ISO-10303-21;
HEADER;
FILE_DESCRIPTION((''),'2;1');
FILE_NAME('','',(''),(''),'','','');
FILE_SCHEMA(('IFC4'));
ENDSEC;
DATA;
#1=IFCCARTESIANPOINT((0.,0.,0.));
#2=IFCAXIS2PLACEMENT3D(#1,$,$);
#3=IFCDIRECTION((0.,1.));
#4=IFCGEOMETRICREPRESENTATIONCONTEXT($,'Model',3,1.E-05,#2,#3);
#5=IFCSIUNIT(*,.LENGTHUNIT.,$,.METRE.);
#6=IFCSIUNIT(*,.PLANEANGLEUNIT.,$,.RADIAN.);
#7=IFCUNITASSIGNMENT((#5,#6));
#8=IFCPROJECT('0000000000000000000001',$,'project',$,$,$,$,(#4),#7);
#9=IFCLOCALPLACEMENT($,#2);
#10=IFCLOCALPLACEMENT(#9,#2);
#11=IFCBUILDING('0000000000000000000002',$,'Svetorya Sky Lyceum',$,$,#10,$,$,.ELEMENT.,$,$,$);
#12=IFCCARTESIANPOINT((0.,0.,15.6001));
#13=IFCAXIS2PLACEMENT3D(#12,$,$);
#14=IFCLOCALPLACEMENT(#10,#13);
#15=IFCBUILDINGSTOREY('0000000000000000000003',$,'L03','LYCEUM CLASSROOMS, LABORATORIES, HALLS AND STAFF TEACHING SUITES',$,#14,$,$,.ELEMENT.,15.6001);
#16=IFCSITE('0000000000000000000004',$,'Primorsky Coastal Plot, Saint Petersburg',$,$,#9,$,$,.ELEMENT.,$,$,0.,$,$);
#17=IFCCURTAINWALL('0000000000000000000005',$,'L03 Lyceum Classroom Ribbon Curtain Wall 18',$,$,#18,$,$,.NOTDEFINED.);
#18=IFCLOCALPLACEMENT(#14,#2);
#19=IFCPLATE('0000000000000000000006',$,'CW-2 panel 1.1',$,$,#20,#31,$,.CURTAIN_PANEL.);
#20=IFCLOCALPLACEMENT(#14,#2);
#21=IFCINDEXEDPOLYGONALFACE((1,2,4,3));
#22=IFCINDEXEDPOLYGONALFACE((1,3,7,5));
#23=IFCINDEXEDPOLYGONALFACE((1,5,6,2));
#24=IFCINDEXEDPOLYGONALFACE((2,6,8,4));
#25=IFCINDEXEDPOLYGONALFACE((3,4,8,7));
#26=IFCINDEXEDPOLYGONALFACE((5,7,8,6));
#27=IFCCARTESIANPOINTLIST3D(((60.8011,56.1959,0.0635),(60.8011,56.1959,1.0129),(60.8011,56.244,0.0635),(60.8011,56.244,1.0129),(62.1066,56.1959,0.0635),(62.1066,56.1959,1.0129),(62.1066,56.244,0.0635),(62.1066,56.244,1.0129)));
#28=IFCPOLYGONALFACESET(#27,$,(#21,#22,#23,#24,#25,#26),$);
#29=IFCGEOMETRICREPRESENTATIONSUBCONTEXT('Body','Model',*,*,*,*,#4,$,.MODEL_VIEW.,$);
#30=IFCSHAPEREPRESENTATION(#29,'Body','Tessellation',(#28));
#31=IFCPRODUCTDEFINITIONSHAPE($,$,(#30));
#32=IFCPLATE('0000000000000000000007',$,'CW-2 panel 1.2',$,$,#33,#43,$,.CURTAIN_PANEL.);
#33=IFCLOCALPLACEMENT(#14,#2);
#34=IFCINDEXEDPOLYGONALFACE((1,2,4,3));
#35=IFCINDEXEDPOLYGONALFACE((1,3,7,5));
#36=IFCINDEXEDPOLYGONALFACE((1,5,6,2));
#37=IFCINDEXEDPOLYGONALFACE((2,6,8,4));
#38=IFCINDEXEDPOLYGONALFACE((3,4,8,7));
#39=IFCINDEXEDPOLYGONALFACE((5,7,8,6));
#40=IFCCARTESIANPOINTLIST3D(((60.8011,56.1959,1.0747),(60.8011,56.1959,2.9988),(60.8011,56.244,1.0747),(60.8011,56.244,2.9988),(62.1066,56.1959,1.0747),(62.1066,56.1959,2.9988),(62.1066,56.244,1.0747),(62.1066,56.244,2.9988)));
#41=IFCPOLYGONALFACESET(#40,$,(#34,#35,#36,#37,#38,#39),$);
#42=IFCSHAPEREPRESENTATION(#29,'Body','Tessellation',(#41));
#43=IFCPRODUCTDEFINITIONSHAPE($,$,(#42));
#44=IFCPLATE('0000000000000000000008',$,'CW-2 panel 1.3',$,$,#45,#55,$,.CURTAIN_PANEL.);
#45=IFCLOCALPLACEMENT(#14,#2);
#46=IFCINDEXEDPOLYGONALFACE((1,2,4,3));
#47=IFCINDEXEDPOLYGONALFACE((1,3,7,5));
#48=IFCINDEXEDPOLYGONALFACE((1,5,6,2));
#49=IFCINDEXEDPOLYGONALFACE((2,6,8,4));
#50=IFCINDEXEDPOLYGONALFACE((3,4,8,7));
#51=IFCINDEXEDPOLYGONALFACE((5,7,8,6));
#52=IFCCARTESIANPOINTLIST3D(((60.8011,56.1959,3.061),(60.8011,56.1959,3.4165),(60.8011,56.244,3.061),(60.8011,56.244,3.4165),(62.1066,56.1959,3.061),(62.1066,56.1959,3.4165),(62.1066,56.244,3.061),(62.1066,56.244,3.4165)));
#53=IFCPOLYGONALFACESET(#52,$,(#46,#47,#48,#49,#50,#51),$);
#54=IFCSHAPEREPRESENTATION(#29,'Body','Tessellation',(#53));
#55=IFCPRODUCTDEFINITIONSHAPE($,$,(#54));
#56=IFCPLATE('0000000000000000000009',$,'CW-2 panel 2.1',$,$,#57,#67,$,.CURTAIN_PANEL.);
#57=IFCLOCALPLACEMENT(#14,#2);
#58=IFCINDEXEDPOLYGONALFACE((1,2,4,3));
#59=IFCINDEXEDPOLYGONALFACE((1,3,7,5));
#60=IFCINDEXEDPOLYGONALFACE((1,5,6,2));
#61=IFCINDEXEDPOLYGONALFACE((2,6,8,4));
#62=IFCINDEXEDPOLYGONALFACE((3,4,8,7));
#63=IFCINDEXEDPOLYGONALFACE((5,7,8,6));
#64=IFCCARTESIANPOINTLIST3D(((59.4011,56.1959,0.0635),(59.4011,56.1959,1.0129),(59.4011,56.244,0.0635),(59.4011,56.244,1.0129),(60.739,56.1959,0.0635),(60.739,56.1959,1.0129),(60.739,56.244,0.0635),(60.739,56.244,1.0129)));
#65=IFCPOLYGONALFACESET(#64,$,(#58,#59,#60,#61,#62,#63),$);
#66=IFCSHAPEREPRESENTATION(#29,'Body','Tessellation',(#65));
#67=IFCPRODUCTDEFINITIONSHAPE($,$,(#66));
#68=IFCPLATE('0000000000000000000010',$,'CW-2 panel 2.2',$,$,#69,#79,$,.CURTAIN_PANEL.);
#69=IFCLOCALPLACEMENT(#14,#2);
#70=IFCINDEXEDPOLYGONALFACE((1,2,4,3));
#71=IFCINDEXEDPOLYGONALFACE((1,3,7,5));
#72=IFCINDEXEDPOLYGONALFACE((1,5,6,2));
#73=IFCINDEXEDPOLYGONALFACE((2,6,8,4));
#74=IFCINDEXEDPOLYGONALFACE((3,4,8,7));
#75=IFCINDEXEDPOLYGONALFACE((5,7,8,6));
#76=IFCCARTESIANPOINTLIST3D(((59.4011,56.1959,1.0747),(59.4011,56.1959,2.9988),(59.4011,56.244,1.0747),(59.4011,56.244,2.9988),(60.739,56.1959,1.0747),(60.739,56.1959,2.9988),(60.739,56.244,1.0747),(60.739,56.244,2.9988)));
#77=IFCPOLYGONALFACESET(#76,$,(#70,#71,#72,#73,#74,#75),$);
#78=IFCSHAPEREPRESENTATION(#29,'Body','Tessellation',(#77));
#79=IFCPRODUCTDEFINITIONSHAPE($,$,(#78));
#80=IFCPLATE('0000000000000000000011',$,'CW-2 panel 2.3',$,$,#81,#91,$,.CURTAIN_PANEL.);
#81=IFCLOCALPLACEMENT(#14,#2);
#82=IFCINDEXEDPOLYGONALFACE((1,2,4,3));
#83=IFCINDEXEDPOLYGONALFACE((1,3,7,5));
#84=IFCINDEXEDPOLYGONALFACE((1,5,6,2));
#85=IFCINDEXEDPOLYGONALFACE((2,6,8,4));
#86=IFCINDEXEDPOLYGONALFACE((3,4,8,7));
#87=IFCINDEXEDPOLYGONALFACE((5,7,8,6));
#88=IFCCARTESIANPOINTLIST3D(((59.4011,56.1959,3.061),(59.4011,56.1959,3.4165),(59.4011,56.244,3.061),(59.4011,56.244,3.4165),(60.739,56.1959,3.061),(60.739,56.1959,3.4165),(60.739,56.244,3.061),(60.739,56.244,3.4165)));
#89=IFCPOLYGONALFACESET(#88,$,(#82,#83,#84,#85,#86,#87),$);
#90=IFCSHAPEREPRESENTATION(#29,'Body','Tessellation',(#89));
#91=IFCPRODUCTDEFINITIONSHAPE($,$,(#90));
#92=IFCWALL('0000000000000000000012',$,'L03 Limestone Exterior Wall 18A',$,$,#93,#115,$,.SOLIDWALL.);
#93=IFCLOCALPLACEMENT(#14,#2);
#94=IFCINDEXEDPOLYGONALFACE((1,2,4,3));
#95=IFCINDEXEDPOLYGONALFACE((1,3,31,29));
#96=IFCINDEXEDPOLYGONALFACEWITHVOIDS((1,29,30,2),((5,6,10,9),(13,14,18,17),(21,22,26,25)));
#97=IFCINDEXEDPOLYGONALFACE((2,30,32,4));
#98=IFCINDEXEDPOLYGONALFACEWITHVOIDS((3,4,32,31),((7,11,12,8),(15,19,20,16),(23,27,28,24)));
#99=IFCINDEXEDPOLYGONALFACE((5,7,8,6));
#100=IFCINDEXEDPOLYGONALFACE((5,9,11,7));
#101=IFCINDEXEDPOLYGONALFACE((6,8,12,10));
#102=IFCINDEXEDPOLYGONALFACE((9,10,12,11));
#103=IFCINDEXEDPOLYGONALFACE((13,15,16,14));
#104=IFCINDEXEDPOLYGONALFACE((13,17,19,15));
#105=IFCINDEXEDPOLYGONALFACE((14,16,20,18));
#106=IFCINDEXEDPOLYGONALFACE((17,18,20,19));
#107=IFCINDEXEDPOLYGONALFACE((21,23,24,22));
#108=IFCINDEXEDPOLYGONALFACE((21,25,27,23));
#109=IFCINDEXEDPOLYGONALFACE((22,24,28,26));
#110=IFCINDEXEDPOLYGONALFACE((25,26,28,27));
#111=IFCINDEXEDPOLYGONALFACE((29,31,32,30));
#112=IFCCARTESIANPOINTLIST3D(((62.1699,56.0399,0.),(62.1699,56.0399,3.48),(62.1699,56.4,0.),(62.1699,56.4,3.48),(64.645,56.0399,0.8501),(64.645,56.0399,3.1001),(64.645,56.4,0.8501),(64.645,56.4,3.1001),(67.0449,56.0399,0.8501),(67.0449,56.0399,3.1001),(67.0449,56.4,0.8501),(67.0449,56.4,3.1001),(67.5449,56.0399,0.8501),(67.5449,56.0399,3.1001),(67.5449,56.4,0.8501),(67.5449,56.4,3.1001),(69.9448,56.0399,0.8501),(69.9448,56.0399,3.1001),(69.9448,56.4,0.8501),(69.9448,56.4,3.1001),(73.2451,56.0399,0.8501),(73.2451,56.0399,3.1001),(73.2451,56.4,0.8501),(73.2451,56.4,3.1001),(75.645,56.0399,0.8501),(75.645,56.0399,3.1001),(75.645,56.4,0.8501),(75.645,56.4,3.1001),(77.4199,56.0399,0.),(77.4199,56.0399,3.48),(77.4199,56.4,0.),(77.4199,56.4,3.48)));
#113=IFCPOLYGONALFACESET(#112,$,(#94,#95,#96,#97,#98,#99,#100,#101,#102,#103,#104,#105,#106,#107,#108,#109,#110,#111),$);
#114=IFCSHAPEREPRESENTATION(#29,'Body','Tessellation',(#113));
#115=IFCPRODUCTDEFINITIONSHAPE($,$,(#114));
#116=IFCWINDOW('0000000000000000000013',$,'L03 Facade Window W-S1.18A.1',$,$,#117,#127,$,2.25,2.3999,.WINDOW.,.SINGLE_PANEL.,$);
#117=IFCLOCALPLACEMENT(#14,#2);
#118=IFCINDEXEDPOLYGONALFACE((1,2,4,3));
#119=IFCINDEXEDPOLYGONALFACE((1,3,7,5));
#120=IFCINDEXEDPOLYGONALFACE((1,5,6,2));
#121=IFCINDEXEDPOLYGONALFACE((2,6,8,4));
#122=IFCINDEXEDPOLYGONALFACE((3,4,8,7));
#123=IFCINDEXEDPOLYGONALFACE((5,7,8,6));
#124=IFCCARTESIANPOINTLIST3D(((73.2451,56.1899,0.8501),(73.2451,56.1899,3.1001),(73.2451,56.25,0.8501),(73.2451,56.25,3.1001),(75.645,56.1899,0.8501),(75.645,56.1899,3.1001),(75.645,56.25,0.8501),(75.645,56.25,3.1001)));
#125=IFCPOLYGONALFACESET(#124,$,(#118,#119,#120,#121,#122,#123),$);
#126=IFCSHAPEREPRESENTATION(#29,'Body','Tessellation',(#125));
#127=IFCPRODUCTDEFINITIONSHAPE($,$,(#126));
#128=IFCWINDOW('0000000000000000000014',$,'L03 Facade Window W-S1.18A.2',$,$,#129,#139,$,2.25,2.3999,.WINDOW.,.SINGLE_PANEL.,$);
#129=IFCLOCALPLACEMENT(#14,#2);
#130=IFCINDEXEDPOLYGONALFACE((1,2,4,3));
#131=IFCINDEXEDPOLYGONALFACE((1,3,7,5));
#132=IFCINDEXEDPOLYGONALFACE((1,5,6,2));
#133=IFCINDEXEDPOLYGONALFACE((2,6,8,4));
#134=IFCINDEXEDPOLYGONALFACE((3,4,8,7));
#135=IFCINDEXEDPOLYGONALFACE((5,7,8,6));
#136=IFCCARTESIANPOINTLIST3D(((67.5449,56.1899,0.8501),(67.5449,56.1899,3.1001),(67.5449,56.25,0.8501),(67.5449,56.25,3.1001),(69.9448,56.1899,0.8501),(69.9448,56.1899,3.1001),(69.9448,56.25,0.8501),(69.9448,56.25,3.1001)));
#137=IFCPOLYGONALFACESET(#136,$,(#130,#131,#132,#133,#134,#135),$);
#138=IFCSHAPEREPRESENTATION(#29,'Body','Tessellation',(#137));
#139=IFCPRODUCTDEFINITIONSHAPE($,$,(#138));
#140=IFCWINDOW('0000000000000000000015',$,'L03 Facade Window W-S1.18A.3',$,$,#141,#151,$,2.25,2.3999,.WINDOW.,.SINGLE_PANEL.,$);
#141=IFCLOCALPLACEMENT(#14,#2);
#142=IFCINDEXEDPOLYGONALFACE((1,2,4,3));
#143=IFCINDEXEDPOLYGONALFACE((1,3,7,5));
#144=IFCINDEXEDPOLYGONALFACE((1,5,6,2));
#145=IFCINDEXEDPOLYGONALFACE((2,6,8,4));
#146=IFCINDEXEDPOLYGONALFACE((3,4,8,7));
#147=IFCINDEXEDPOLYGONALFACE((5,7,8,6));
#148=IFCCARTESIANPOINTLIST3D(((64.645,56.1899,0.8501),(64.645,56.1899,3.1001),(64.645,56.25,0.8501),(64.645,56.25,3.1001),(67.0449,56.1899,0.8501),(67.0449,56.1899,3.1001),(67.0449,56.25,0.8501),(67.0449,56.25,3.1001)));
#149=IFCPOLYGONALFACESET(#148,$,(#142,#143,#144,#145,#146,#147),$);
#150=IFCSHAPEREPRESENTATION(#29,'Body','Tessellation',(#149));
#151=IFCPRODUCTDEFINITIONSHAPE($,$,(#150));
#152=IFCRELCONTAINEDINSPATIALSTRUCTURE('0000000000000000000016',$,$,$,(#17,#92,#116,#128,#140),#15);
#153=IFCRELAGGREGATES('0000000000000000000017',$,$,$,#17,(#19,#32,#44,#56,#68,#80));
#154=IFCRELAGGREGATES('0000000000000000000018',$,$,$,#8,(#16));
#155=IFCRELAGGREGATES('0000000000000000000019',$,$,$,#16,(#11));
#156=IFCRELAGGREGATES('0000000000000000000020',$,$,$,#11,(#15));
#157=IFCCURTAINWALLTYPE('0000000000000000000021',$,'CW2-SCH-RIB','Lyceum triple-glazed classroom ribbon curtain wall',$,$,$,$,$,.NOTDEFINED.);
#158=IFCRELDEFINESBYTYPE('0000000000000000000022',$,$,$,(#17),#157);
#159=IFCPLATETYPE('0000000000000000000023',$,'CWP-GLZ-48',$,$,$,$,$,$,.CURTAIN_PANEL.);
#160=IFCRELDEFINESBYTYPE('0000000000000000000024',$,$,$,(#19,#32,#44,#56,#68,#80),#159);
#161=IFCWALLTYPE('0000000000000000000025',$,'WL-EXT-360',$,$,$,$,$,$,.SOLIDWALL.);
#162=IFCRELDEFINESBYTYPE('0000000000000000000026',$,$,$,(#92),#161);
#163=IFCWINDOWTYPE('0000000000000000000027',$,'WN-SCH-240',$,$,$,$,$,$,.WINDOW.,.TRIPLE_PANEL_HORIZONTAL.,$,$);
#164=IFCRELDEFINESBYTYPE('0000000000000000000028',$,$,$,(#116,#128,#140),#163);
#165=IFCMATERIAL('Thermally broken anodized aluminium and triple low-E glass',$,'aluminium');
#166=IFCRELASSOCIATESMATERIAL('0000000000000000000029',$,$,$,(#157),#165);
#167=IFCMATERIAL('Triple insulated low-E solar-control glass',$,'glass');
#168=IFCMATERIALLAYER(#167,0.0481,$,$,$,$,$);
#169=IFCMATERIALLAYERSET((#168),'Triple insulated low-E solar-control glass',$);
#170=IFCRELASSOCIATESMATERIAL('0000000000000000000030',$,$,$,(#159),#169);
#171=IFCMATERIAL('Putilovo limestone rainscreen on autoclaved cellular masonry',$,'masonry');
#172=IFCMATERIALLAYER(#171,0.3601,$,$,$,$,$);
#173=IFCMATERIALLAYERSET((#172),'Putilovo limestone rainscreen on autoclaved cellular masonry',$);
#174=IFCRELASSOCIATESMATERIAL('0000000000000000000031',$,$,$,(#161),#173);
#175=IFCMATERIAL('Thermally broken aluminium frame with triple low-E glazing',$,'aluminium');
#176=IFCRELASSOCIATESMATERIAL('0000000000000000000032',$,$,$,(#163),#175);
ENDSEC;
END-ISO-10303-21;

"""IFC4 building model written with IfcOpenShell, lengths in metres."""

from ifc_helpers import new_model, si_unit, direction, frame, frame_2d, origin, origin_2d, place, context, subcontext, project, spatial, rectangle, extrude, material, layer, layer_set, type_object, element, fill, aggregate, save


model = new_model("IFC4")

# Units and contexts
model_context = context("Model", 3, precision=1e-05, world=origin(), true_north=direction((0.0, 1.0)))
body_context = subcontext(model_context, "Body", "Model", "MODEL_VIEW")
ifc_project = project(units=[si_unit("LENGTHUNIT", "METRE"), si_unit("PLANEANGLEUNIT", "RADIAN")], contexts=[model_context])

# Site, building, storey
site_placement = place(None, origin())
site = spatial("IfcSite", under=ifc_project, at=site_placement, Name="Primorsky Coastal Plot, Saint Petersburg", CompositionType="ELEMENT", RefElevation=0.0)
building_placement = place(site_placement, origin())
building = spatial("IfcBuilding", under=site, at=building_placement, Name="Svetorya Sky Lyceum", CompositionType="ELEMENT")
storey_placement = place(building_placement, frame((0.0, 0.0, 15.6001)))
storey = spatial("IfcBuildingStorey", under=building, at=storey_placement, Name="L03", Description="LYCEUM CLASSROOMS, LABORATORIES, HALLS AND STAFF TEACHING SUITES", CompositionType="ELEMENT", Elevation=15.6001)

# Curtain wall, plates
ifc_material_1 = material(Name="Thermally broken anodized aluminium and triple low-E glass", Category="aluminium")
curtain_wall_type = type_object("IfcCurtainWallType", Name="CW2-SCH-RIB", Description="Lyceum triple-glazed classroom ribbon curtain wall", PredefinedType="NOTDEFINED", material=ifc_material_1)
curtain_wall_placement = place(storey_placement, origin())
curtain_wall = element("IfcCurtainWall", 1, at=curtain_wall_placement, inside=storey, type_object=curtain_wall_type, Name="L03 Lyceum Classroom Ribbon Curtain Wall 18", PredefinedType="NOTDEFINED")
ifc_material_2 = material(Name="Triple insulated low-E solar-control glass", Category="glass")
ifc_layer_1 = layer(ifc_material_2, 0.0481)
ifc_layer_set_1 = layer_set([ifc_layer_1], Name="Triple insulated low-E solar-control glass")
plate_type = type_object("IfcPlateType", Name="CWP-GLZ-48", PredefinedType="CURTAIN_PANEL", material=ifc_layer_set_1)
plate_1_placement = place(storey_placement, frame((61.4539, 56.22, 0.0635), z_axis=(0.0, 0.0, 1.0), x_axis=(-1.0, 0.0, 0.0)))
plate_1 = element("IfcPlate", 2, at=plate_1_placement, type_object=plate_type, Name="CW-2 panel 1.1", PredefinedType="CURTAIN_PANEL", context=body_context, shape_type="SweptSolid", body=[
    extrude(rectangle(XDim=1.3054, YDim=0.0481, at=origin_2d()), origin(), (0.0, 0.0, 1.0), 0.9495),
])
plate_2_placement = place(storey_placement, frame((61.4539, 56.22, 1.0747), z_axis=(0.0, 0.0, 1.0), x_axis=(-1.0, 0.0, 0.0)))
plate_2 = element("IfcPlate", 3, at=plate_2_placement, type_object=plate_type, Name="CW-2 panel 1.2", PredefinedType="CURTAIN_PANEL", context=body_context, shape_type="SweptSolid", body=[
    extrude(rectangle(XDim=1.3054, YDim=0.0481, at=origin_2d()), origin(), (0.0, 0.0, 1.0), 1.9241),
])
plate_3_placement = place(storey_placement, frame((61.4539, 56.22, 3.061), z_axis=(0.0, 0.0, 1.0), x_axis=(-1.0, 0.0, 0.0)))
plate_3 = element("IfcPlate", 4, at=plate_3_placement, type_object=plate_type, Name="CW-2 panel 1.3", PredefinedType="CURTAIN_PANEL", context=body_context, shape_type="SweptSolid", body=[
    extrude(rectangle(XDim=1.3054, YDim=0.0481, at=origin_2d()), origin(), (0.0, 0.0, 1.0), 0.3555),
])
plate_4_placement = place(storey_placement, frame((60.0701, 56.22, 0.0635), z_axis=(0.0, 0.0, 1.0), x_axis=(-1.0, 0.0, 0.0)))
plate_4 = element("IfcPlate", 5, at=plate_4_placement, type_object=plate_type, Name="CW-2 panel 2.1", PredefinedType="CURTAIN_PANEL", context=body_context, shape_type="SweptSolid", body=[
    extrude(rectangle(XDim=1.3379, YDim=0.0481, at=origin_2d()), origin(), (0.0, 0.0, 1.0), 0.9495),
])
plate_5_placement = place(storey_placement, frame((60.0701, 56.22, 1.0747), z_axis=(0.0, 0.0, 1.0), x_axis=(-1.0, 0.0, 0.0)))
plate_5 = element("IfcPlate", 6, at=plate_5_placement, type_object=plate_type, Name="CW-2 panel 2.2", PredefinedType="CURTAIN_PANEL", context=body_context, shape_type="SweptSolid", body=[
    extrude(rectangle(XDim=1.3379, YDim=0.0481, at=origin_2d()), origin(), (0.0, 0.0, 1.0), 1.9241),
])
plate_6_placement = place(storey_placement, frame((60.0701, 56.22, 3.061), z_axis=(0.0, 0.0, 1.0), x_axis=(-1.0, 0.0, 0.0)))
plate_6 = element("IfcPlate", 7, at=plate_6_placement, type_object=plate_type, Name="CW-2 panel 2.3", PredefinedType="CURTAIN_PANEL", context=body_context, shape_type="SweptSolid", body=[
    extrude(rectangle(XDim=1.3379, YDim=0.0481, at=origin_2d()), origin(), (0.0, 0.0, 1.0), 0.3555),
])
aggregate(curtain_wall, [plate_1, plate_2, plate_3, plate_4, plate_5, plate_6])

# Wall, openings, windows
ifc_material_3 = material(Name="Putilovo limestone rainscreen on autoclaved cellular masonry", Category="masonry")
ifc_layer_2 = layer(ifc_material_3, 0.3601)
ifc_layer_set_2 = layer_set([ifc_layer_2], Name="Putilovo limestone rainscreen on autoclaved cellular masonry")
wall_type = type_object("IfcWallType", Name="WL-EXT-360", PredefinedType="SOLIDWALL", material=ifc_layer_set_2)
wall_placement = place(storey_placement, frame((77.4199, 56.22, 0.0), z_axis=(0.0, 0.0, 1.0), x_axis=(-1.0, 0.0, 0.0)))
wall = element("IfcWall", 8, at=wall_placement, inside=storey, type_object=wall_type, Name="L03 Limestone Exterior Wall 18A", PredefinedType="SOLIDWALL", context=body_context, shape_type="SweptSolid", body=[
    extrude(rectangle(XDim=15.25, YDim=0.3601, at=frame_2d((7.625, 0.0))), origin(), (0.0, 0.0, 1.0), 3.48),
])
opening_1_placement = place(wall_placement, frame((1.7749, 0.0, 0.8501)))
opening_1 = element("IfcOpeningElement", 9, at=opening_1_placement, cuts=wall, PredefinedType="OPENING", context=body_context, shape_type="SweptSolid", body=[
    extrude(rectangle(XDim=2.3999, YDim=2.25, at=frame_2d((1.2, 1.125))), frame((0.0, 0.1899, 0.0), z_axis=(0.0, -1.0, 0.0), x_axis=(1.0, 0.0, 0.0)), (0.0, 0.0, 1.0), 0.3801),
])
opening_2_placement = place(wall_placement, frame((7.4751, 0.0, 0.8501)))
opening_2 = element("IfcOpeningElement", 10, at=opening_2_placement, cuts=wall, PredefinedType="OPENING", context=body_context, shape_type="SweptSolid", body=[
    extrude(rectangle(XDim=2.3999, YDim=2.25, at=frame_2d((1.2, 1.125))), frame((0.0, 0.1899, 0.0), z_axis=(0.0, -1.0, 0.0), x_axis=(1.0, 0.0, 0.0)), (0.0, 0.0, 1.0), 0.3801),
])
opening_3_placement = place(wall_placement, frame((10.375, 0.0, 0.8501)))
opening_3 = element("IfcOpeningElement", 11, at=opening_3_placement, cuts=wall, PredefinedType="OPENING", context=body_context, shape_type="SweptSolid", body=[
    extrude(rectangle(XDim=2.3999, YDim=2.25, at=frame_2d((1.2, 1.125))), frame((0.0, 0.1899, 0.0), z_axis=(0.0, -1.0, 0.0), x_axis=(1.0, 0.0, 0.0)), (0.0, 0.0, 1.0), 0.3801),
])
ifc_material_4 = material(Name="Thermally broken aluminium frame with triple low-E glazing", Category="aluminium")
window_type = type_object("IfcWindowType", Name="WN-SCH-240", PartitioningType="TRIPLE_PANEL_HORIZONTAL", PredefinedType="WINDOW", material=ifc_material_4)
window_1_placement = place(opening_1_placement, origin())
window_1 = element("IfcWindow", 12, at=window_1_placement, inside=storey, type_object=window_type, Name="L03 Facade Window W-S1.18A.1", OverallHeight=2.25, OverallWidth=2.3999, PartitioningType="SINGLE_PANEL", PredefinedType="WINDOW", context=body_context, shape_type="SweptSolid", body=[
    extrude(rectangle(XDim=2.3999, YDim=2.25, at=frame_2d((1.2, 1.125))), frame((0.0, 0.03, 0.0), z_axis=(0.0, -1.0, 0.0), x_axis=(1.0, 0.0, 0.0)), (0.0, 0.0, 1.0), 0.0601),
])
fill(opening_1, window_1)
window_2_placement = place(opening_2_placement, origin())
window_2 = element("IfcWindow", 13, at=window_2_placement, inside=storey, type_object=window_type, Name="L03 Facade Window W-S1.18A.2", OverallHeight=2.25, OverallWidth=2.3999, PartitioningType="SINGLE_PANEL", PredefinedType="WINDOW", context=body_context, shape_type="SweptSolid", body=[
    extrude(rectangle(XDim=2.3999, YDim=2.25, at=frame_2d((1.2, 1.125))), frame((0.0, 0.03, 0.0), z_axis=(0.0, -1.0, 0.0), x_axis=(1.0, 0.0, 0.0)), (0.0, 0.0, 1.0), 0.0601),
])
fill(opening_2, window_2)
window_3_placement = place(opening_3_placement, origin())
window_3 = element("IfcWindow", 14, at=window_3_placement, inside=storey, type_object=window_type, Name="L03 Facade Window W-S1.18A.3", OverallHeight=2.25, OverallWidth=2.3999, PartitioningType="SINGLE_PANEL", PredefinedType="WINDOW", context=body_context, shape_type="SweptSolid", body=[
    extrude(rectangle(XDim=2.3999, YDim=2.25, at=frame_2d((1.2, 1.125))), frame((0.0, 0.03, 0.0), z_axis=(0.0, -1.0, 0.0), x_axis=(1.0, 0.0, 0.0)), (0.0, 0.0, 1.0), 0.0601),
])
fill(opening_3, window_3)

save(model, "model.ifc")
